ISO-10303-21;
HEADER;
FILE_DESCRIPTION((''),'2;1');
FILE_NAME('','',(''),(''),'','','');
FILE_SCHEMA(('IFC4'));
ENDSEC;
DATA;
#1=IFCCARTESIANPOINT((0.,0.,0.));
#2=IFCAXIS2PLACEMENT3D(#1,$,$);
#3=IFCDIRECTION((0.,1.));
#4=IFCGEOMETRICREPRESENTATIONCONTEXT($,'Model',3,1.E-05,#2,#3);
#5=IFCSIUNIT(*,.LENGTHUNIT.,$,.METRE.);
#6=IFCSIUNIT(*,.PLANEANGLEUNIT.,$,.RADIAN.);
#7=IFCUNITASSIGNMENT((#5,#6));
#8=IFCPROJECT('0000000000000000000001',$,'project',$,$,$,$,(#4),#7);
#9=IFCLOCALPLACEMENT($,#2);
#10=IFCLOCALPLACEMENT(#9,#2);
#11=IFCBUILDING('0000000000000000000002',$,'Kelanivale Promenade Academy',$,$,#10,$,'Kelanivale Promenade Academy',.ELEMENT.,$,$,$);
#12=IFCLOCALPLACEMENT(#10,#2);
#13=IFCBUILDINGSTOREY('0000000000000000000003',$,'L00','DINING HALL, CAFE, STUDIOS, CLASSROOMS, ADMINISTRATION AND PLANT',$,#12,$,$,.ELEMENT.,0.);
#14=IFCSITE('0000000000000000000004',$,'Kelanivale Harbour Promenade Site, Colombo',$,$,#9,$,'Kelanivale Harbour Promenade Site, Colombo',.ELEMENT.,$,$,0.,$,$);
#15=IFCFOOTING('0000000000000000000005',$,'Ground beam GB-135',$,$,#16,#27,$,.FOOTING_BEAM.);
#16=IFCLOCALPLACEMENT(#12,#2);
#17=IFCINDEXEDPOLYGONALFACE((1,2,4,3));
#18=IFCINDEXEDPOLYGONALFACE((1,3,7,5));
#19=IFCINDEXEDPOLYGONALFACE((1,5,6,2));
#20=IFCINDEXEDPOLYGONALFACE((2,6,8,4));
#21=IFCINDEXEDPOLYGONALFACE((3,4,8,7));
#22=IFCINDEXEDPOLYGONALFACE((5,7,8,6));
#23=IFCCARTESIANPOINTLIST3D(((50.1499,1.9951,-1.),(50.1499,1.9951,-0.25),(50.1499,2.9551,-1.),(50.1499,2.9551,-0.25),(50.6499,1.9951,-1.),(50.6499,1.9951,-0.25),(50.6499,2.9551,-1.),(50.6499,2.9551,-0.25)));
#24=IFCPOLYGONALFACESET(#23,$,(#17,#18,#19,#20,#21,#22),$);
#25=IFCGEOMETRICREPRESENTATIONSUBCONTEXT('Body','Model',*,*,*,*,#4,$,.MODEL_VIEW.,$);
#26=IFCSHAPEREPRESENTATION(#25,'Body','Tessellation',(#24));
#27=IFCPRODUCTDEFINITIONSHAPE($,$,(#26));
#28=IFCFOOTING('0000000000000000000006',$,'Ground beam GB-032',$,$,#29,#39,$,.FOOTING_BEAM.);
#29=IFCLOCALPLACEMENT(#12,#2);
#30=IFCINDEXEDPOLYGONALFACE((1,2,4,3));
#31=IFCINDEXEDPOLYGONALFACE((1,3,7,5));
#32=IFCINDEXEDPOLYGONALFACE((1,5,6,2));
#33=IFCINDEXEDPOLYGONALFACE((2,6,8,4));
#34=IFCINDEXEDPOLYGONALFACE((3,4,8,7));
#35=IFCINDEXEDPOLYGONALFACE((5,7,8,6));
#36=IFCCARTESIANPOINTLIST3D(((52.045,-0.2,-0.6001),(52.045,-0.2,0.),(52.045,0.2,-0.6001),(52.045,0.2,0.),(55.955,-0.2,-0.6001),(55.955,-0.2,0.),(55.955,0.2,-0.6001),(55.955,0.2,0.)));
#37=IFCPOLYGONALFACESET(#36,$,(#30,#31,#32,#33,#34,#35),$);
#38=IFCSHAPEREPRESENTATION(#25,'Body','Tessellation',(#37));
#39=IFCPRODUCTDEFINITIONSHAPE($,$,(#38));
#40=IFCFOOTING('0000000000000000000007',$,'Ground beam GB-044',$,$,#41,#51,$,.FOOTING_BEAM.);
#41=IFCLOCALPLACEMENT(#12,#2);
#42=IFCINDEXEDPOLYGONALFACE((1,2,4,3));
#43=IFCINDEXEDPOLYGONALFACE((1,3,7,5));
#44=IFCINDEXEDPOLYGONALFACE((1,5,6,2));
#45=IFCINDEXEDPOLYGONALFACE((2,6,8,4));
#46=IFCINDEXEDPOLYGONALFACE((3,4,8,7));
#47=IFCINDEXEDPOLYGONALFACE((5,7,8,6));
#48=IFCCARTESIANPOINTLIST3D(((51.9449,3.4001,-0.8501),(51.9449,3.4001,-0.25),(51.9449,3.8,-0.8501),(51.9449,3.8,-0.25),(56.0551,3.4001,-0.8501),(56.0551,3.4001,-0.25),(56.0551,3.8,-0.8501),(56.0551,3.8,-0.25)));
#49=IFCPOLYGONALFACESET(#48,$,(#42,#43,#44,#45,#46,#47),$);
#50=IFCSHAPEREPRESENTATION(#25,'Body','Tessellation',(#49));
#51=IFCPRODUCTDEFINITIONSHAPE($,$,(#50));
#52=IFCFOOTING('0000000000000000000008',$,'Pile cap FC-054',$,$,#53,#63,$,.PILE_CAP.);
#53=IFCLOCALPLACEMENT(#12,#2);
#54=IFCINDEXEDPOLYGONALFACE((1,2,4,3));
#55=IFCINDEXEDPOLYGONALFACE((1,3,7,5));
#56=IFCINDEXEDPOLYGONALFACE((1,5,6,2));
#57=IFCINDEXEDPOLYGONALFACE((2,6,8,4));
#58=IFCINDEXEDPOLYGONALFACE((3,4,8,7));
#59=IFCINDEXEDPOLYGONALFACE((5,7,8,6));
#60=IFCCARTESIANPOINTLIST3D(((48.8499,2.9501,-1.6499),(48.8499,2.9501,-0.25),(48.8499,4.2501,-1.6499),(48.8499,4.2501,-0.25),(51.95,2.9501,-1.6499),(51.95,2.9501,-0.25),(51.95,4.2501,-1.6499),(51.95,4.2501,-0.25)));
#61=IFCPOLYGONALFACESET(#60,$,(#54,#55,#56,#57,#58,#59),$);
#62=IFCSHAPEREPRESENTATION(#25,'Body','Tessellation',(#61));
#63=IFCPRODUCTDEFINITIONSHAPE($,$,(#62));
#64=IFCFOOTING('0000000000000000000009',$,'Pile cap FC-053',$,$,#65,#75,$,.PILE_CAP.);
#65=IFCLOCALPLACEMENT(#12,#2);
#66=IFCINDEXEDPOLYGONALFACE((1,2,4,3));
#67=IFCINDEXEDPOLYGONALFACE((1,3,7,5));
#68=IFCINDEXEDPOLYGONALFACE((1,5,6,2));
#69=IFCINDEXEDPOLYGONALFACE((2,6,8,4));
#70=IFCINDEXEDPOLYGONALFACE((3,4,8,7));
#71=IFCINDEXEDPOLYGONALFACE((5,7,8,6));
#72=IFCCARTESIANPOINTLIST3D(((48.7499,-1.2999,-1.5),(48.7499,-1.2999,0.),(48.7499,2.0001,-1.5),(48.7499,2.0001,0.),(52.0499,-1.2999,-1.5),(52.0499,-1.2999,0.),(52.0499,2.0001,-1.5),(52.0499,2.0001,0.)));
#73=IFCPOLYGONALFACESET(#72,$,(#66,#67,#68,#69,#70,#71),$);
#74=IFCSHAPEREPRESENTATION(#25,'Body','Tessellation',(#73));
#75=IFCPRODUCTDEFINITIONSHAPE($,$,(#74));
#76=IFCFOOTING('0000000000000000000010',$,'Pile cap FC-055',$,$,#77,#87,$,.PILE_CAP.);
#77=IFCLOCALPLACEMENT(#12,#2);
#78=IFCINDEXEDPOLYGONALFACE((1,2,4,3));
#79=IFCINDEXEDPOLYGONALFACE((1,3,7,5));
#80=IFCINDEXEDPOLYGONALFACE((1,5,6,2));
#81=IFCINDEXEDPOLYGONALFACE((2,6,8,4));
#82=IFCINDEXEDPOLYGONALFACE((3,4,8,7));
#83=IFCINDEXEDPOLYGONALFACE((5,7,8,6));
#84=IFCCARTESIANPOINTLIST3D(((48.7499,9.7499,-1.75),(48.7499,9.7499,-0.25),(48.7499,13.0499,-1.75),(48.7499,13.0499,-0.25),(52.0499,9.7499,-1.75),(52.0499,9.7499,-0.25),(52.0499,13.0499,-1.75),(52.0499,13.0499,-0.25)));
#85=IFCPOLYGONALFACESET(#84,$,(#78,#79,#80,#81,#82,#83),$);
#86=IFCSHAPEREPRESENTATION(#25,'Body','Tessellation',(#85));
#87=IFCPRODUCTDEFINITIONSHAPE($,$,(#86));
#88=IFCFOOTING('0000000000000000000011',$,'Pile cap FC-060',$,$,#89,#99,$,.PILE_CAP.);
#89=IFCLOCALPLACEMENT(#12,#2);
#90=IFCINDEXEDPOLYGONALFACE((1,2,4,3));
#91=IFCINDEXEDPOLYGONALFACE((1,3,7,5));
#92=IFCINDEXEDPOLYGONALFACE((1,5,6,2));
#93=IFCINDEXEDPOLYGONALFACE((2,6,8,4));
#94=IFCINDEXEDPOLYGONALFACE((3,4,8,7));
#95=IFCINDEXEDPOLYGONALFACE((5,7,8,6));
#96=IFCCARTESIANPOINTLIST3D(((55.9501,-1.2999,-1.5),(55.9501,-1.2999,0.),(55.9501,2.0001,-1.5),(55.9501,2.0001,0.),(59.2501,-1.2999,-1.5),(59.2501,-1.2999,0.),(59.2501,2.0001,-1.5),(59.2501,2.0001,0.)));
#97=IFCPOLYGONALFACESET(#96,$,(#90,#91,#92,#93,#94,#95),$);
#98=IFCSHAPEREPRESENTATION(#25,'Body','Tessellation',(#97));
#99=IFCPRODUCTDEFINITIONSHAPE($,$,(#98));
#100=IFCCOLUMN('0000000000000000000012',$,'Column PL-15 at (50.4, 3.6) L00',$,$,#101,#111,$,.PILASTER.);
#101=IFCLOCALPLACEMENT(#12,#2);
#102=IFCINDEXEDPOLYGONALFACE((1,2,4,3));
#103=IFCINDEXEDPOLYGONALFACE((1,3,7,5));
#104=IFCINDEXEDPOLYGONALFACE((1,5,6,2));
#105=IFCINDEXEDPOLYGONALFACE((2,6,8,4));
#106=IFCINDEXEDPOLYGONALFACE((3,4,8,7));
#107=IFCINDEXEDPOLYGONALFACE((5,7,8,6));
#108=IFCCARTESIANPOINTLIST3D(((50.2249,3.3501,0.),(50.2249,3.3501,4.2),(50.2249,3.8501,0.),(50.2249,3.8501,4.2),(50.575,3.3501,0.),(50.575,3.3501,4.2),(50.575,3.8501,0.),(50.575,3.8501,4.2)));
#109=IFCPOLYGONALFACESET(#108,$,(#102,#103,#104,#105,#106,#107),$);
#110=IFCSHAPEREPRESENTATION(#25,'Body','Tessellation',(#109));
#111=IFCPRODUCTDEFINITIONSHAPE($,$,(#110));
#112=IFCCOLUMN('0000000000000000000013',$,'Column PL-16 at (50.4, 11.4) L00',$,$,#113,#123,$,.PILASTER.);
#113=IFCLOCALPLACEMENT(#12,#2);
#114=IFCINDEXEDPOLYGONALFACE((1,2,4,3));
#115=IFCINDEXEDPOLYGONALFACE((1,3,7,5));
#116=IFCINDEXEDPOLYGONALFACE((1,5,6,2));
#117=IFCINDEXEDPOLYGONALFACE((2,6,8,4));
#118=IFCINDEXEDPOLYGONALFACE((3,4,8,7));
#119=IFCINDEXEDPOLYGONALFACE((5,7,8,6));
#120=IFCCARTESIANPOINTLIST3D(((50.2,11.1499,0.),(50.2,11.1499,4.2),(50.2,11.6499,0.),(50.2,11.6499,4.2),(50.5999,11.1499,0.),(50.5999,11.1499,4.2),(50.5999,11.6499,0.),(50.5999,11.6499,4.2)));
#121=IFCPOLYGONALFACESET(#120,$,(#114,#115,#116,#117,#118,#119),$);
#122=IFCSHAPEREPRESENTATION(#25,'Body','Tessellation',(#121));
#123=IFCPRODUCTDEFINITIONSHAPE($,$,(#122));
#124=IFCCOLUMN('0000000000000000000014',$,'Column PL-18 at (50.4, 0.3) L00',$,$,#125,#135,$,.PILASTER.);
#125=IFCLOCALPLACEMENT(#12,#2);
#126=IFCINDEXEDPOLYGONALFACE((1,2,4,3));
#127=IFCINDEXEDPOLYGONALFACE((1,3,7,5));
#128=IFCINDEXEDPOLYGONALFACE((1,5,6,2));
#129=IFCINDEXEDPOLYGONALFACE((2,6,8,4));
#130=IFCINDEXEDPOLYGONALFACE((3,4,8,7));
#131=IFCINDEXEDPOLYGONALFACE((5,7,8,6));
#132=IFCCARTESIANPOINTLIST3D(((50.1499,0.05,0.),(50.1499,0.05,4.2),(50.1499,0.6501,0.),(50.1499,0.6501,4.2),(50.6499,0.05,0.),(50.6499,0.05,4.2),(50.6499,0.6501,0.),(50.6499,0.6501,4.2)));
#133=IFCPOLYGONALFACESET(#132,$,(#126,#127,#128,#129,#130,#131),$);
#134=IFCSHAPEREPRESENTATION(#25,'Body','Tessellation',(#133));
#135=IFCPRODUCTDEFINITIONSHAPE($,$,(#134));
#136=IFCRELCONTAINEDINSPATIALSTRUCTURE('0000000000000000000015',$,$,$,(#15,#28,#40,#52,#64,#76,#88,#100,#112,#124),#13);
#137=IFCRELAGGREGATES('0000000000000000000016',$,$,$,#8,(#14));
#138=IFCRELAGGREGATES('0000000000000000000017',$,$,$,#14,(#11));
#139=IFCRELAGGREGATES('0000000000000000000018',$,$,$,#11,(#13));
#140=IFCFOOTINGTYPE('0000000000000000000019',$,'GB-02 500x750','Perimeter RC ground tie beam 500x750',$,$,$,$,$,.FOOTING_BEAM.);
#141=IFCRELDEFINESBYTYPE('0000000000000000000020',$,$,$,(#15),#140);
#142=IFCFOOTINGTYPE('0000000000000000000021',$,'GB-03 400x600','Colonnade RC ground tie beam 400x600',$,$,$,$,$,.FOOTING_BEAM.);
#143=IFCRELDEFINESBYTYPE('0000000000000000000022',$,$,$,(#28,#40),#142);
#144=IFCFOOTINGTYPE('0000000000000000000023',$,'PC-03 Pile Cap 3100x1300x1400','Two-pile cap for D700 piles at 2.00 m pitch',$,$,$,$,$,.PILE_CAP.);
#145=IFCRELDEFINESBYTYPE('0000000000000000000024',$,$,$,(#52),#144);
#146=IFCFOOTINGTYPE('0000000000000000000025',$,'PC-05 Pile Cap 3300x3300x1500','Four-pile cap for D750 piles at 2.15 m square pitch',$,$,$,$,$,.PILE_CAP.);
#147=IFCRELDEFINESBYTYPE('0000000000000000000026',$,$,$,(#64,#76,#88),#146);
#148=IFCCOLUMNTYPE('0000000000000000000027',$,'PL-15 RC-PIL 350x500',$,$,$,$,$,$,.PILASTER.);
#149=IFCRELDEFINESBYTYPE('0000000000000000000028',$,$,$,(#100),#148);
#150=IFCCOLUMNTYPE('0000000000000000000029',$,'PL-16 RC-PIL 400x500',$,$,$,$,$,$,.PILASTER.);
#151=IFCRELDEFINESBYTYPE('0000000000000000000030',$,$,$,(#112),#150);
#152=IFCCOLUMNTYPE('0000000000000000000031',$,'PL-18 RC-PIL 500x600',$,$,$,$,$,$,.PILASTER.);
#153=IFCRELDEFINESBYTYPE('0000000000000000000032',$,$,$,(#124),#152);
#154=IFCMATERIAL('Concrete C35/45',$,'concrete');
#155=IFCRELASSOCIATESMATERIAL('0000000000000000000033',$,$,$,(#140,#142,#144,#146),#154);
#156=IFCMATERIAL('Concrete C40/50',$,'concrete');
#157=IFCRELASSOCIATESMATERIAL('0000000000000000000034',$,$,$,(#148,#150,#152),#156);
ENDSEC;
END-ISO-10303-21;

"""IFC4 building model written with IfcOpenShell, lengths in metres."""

from ifc_helpers import new_model, si_unit, direction, frame, origin, origin_2d, place, context, subcontext, project, spatial, rectangle, extrude, material, material_profile, profile_set, type_object, element, save


model = new_model("IFC4")

# Units and contexts
model_context = context("Model", 3, precision=1e-05, world=origin(), true_north=direction((0.0, 1.0)))
body_context = subcontext(model_context, "Body", "Model", "MODEL_VIEW")
ifc_project = project(units=[si_unit("LENGTHUNIT", "METRE"), si_unit("PLANEANGLEUNIT", "RADIAN")], contexts=[model_context])

# Site, building, storey
site_placement = place(None, origin())
site = spatial("IfcSite", under=ifc_project, at=site_placement, Name="Kelanivale Harbour Promenade Site, Colombo", LongName="Kelanivale Harbour Promenade Site, Colombo", CompositionType="ELEMENT", RefElevation=0.0)
building_placement = place(site_placement, origin())
building = spatial("IfcBuilding", under=site, at=building_placement, Name="Kelanivale Promenade Academy", LongName="Kelanivale Promenade Academy", CompositionType="ELEMENT")
storey_placement = place(building_placement, origin())
storey = spatial("IfcBuildingStorey", under=building, at=storey_placement, Name="L00", Description="DINING HALL, CAFE, STUDIOS, CLASSROOMS, ADMINISTRATION AND PLANT", CompositionType="ELEMENT", Elevation=0.0)

# Shared definitions
ifc_material_1 = material(Name="Concrete C35/45", Category="concrete")

# Footings
footing_type_1 = type_object("IfcFootingType", Name="GB-02 500x750", Description="Perimeter RC ground tie beam 500x750", PredefinedType="FOOTING_BEAM", material=ifc_material_1)
footing_1_placement = place(storey_placement, frame((50.3999, 2.4751, -1.0), z_axis=(0.0, 0.0, 1.0), x_axis=(0.0, 1.0, 0.0)))
element("IfcFooting", 1, at=footing_1_placement, inside=storey, type_object=footing_type_1, Name="Ground beam GB-135", PredefinedType="FOOTING_BEAM", context=body_context, shape_type="SweptSolid", body=[
    extrude(rectangle(XDim=0.96, YDim=0.5, at=origin_2d()), origin(), (0.0, 0.0, 1.0), 0.75),
])
footing_type_2 = type_object("IfcFootingType", Name="GB-03 400x600", Description="Colonnade RC ground tie beam 400x600", PredefinedType="FOOTING_BEAM", material=ifc_material_1)
footing_2_placement = place(storey_placement, frame((54.0, 0.0, -0.6001), z_axis=(0.0, 0.0, 1.0), x_axis=(1.0, 0.0, 0.0)))
element("IfcFooting", 2, at=footing_2_placement, inside=storey, type_object=footing_type_2, Name="Ground beam GB-032", PredefinedType="FOOTING_BEAM", context=body_context, shape_type="SweptSolid", body=[
    extrude(rectangle(XDim=3.9099, YDim=0.3999, at=origin_2d()), origin(), (0.0, 0.0, 1.0), 0.6001),
])
footing_3_placement = place(storey_placement, frame((54.0, 3.6001, -0.8501), z_axis=(0.0, 0.0, 1.0), x_axis=(1.0, 0.0, 0.0)))
element("IfcFooting", 3, at=footing_3_placement, inside=storey, type_object=footing_type_2, Name="Ground beam GB-044", PredefinedType="FOOTING_BEAM", context=body_context, shape_type="SweptSolid", body=[
    extrude(rectangle(XDim=4.1101, YDim=0.3999, at=origin_2d()), origin(), (0.0, 0.0, 1.0), 0.6001),
])
footing_type_3 = type_object("IfcFootingType", Name="PC-03 Pile Cap 3100x1300x1400", Description="Two-pile cap for D700 piles at 2.00 m pitch", PredefinedType="PILE_CAP", material=ifc_material_1)
footing_4_placement = place(storey_placement, frame((50.3999, 3.6001, -1.6499), z_axis=(0.0, 0.0, 1.0), x_axis=(1.0, 0.0, 0.0)))
element("IfcFooting", 4, at=footing_4_placement, inside=storey, type_object=footing_type_3, Name="Pile cap FC-054", PredefinedType="PILE_CAP", context=body_context, shape_type="SweptSolid", body=[
    extrude(rectangle(XDim=3.1001, YDim=1.3, at=origin_2d()), origin(), (0.0, 0.0, 1.0), 1.3999),
])
footing_type_4 = type_object("IfcFootingType", Name="PC-05 Pile Cap 3300x3300x1500", Description="Four-pile cap for D750 piles at 2.15 m square pitch", PredefinedType="PILE_CAP", material=ifc_material_1)
for number, where, z_axis, x_axis, name in (
    (5, (50.3999, 0.3501, -1.5), (0.0, 0.0, 1.0), (1.0, 0.0, 0.0), "Pile cap FC-053"),
    (6, (50.3999, 11.3999, -1.75), (0.0, 0.0, 1.0), (1.0, 0.0, 0.0), "Pile cap FC-055"),
    (7, (57.6001, 0.3501, -1.5), (0.0, 0.0, 1.0), (1.0, 0.0, 0.0), "Pile cap FC-060"),
):
    element("IfcFooting", number, at=place(storey_placement, frame(where, z_axis=z_axis, x_axis=x_axis)), inside=storey, type_object=footing_type_4, Name=name, PredefinedType="PILE_CAP", context=body_context, shape_type="SweptSolid", body=[
        extrude(rectangle(XDim=3.3, YDim=3.3, at=origin_2d()), origin(), (0.0, 0.0, 1.0), 1.5),
    ])

# Columns
ifc_material_2 = material(Name="Concrete C40/50", Category="concrete")
ifc_material_profile_1 = material_profile(ifc_material_2, rectangle(XDim=0.3501, YDim=0.5, at=origin_2d()), Name="RC-PIL 350x500")
ifc_profile_set_1 = profile_set([ifc_material_profile_1], Name="Concrete C40/50")
column_type_1 = type_object("IfcColumnType", Name="PL-15 RC-PIL 350x500", PredefinedType="PILASTER", material=ifc_profile_set_1)
column_1_placement = place(storey_placement, frame((50.3999, 3.6001, 0.0), z_axis=(0.0, 0.0, 1.0), x_axis=(1.0, 0.0, 0.0)))
element("IfcColumn", 8, at=column_1_placement, inside=storey, type_object=column_type_1, Name="Column PL-15 at (50.4, 3.6) L00", PredefinedType="PILASTER", context=body_context, shape_type="SweptSolid", body=[
    extrude(rectangle(XDim=0.3501, YDim=0.5, at=origin_2d()), origin(), (0.0, 0.0, 1.0), 4.2),
])
ifc_material_profile_2 = material_profile(ifc_material_2, rectangle(XDim=0.3999, YDim=0.5, at=origin_2d()), Name="RC-PIL 400x500")
ifc_profile_set_2 = profile_set([ifc_material_profile_2], Name="Concrete C40/50")
column_type_2 = type_object("IfcColumnType", Name="PL-16 RC-PIL 400x500", PredefinedType="PILASTER", material=ifc_profile_set_2)
column_2_placement = place(storey_placement, frame((50.3999, 11.3999, 0.0), z_axis=(0.0, 0.0, 1.0), x_axis=(1.0, 0.0, 0.0)))
element("IfcColumn", 9, at=column_2_placement, inside=storey, type_object=column_type_2, Name="Column PL-16 at (50.4, 11.4) L00", PredefinedType="PILASTER", context=body_context, shape_type="SweptSolid", body=[
    extrude(rectangle(XDim=0.3999, YDim=0.5, at=origin_2d()), origin(), (0.0, 0.0, 1.0), 4.2),
])
ifc_material_profile_3 = material_profile(ifc_material_2, rectangle(XDim=0.5, YDim=0.6001, at=origin_2d()), Name="RC-PIL 500x600")
ifc_profile_set_3 = profile_set([ifc_material_profile_3], Name="Concrete C40/50")
column_type_3 = type_object("IfcColumnType", Name="PL-18 RC-PIL 500x600", PredefinedType="PILASTER", material=ifc_profile_set_3)
column_3_placement = place(storey_placement, frame((50.3999, 0.3501, 0.0), z_axis=(0.0, 0.0, 1.0), x_axis=(1.0, 0.0, 0.0)))
element("IfcColumn", 10, at=column_3_placement, inside=storey, type_object=column_type_3, Name="Column PL-18 at (50.4, 0.3) L00", PredefinedType="PILASTER", context=body_context, shape_type="SweptSolid", body=[
    extrude(rectangle(XDim=0.5, YDim=0.6001, at=origin_2d()), origin(), (0.0, 0.0, 1.0), 4.2),
])

save(model, "model.ifc")
